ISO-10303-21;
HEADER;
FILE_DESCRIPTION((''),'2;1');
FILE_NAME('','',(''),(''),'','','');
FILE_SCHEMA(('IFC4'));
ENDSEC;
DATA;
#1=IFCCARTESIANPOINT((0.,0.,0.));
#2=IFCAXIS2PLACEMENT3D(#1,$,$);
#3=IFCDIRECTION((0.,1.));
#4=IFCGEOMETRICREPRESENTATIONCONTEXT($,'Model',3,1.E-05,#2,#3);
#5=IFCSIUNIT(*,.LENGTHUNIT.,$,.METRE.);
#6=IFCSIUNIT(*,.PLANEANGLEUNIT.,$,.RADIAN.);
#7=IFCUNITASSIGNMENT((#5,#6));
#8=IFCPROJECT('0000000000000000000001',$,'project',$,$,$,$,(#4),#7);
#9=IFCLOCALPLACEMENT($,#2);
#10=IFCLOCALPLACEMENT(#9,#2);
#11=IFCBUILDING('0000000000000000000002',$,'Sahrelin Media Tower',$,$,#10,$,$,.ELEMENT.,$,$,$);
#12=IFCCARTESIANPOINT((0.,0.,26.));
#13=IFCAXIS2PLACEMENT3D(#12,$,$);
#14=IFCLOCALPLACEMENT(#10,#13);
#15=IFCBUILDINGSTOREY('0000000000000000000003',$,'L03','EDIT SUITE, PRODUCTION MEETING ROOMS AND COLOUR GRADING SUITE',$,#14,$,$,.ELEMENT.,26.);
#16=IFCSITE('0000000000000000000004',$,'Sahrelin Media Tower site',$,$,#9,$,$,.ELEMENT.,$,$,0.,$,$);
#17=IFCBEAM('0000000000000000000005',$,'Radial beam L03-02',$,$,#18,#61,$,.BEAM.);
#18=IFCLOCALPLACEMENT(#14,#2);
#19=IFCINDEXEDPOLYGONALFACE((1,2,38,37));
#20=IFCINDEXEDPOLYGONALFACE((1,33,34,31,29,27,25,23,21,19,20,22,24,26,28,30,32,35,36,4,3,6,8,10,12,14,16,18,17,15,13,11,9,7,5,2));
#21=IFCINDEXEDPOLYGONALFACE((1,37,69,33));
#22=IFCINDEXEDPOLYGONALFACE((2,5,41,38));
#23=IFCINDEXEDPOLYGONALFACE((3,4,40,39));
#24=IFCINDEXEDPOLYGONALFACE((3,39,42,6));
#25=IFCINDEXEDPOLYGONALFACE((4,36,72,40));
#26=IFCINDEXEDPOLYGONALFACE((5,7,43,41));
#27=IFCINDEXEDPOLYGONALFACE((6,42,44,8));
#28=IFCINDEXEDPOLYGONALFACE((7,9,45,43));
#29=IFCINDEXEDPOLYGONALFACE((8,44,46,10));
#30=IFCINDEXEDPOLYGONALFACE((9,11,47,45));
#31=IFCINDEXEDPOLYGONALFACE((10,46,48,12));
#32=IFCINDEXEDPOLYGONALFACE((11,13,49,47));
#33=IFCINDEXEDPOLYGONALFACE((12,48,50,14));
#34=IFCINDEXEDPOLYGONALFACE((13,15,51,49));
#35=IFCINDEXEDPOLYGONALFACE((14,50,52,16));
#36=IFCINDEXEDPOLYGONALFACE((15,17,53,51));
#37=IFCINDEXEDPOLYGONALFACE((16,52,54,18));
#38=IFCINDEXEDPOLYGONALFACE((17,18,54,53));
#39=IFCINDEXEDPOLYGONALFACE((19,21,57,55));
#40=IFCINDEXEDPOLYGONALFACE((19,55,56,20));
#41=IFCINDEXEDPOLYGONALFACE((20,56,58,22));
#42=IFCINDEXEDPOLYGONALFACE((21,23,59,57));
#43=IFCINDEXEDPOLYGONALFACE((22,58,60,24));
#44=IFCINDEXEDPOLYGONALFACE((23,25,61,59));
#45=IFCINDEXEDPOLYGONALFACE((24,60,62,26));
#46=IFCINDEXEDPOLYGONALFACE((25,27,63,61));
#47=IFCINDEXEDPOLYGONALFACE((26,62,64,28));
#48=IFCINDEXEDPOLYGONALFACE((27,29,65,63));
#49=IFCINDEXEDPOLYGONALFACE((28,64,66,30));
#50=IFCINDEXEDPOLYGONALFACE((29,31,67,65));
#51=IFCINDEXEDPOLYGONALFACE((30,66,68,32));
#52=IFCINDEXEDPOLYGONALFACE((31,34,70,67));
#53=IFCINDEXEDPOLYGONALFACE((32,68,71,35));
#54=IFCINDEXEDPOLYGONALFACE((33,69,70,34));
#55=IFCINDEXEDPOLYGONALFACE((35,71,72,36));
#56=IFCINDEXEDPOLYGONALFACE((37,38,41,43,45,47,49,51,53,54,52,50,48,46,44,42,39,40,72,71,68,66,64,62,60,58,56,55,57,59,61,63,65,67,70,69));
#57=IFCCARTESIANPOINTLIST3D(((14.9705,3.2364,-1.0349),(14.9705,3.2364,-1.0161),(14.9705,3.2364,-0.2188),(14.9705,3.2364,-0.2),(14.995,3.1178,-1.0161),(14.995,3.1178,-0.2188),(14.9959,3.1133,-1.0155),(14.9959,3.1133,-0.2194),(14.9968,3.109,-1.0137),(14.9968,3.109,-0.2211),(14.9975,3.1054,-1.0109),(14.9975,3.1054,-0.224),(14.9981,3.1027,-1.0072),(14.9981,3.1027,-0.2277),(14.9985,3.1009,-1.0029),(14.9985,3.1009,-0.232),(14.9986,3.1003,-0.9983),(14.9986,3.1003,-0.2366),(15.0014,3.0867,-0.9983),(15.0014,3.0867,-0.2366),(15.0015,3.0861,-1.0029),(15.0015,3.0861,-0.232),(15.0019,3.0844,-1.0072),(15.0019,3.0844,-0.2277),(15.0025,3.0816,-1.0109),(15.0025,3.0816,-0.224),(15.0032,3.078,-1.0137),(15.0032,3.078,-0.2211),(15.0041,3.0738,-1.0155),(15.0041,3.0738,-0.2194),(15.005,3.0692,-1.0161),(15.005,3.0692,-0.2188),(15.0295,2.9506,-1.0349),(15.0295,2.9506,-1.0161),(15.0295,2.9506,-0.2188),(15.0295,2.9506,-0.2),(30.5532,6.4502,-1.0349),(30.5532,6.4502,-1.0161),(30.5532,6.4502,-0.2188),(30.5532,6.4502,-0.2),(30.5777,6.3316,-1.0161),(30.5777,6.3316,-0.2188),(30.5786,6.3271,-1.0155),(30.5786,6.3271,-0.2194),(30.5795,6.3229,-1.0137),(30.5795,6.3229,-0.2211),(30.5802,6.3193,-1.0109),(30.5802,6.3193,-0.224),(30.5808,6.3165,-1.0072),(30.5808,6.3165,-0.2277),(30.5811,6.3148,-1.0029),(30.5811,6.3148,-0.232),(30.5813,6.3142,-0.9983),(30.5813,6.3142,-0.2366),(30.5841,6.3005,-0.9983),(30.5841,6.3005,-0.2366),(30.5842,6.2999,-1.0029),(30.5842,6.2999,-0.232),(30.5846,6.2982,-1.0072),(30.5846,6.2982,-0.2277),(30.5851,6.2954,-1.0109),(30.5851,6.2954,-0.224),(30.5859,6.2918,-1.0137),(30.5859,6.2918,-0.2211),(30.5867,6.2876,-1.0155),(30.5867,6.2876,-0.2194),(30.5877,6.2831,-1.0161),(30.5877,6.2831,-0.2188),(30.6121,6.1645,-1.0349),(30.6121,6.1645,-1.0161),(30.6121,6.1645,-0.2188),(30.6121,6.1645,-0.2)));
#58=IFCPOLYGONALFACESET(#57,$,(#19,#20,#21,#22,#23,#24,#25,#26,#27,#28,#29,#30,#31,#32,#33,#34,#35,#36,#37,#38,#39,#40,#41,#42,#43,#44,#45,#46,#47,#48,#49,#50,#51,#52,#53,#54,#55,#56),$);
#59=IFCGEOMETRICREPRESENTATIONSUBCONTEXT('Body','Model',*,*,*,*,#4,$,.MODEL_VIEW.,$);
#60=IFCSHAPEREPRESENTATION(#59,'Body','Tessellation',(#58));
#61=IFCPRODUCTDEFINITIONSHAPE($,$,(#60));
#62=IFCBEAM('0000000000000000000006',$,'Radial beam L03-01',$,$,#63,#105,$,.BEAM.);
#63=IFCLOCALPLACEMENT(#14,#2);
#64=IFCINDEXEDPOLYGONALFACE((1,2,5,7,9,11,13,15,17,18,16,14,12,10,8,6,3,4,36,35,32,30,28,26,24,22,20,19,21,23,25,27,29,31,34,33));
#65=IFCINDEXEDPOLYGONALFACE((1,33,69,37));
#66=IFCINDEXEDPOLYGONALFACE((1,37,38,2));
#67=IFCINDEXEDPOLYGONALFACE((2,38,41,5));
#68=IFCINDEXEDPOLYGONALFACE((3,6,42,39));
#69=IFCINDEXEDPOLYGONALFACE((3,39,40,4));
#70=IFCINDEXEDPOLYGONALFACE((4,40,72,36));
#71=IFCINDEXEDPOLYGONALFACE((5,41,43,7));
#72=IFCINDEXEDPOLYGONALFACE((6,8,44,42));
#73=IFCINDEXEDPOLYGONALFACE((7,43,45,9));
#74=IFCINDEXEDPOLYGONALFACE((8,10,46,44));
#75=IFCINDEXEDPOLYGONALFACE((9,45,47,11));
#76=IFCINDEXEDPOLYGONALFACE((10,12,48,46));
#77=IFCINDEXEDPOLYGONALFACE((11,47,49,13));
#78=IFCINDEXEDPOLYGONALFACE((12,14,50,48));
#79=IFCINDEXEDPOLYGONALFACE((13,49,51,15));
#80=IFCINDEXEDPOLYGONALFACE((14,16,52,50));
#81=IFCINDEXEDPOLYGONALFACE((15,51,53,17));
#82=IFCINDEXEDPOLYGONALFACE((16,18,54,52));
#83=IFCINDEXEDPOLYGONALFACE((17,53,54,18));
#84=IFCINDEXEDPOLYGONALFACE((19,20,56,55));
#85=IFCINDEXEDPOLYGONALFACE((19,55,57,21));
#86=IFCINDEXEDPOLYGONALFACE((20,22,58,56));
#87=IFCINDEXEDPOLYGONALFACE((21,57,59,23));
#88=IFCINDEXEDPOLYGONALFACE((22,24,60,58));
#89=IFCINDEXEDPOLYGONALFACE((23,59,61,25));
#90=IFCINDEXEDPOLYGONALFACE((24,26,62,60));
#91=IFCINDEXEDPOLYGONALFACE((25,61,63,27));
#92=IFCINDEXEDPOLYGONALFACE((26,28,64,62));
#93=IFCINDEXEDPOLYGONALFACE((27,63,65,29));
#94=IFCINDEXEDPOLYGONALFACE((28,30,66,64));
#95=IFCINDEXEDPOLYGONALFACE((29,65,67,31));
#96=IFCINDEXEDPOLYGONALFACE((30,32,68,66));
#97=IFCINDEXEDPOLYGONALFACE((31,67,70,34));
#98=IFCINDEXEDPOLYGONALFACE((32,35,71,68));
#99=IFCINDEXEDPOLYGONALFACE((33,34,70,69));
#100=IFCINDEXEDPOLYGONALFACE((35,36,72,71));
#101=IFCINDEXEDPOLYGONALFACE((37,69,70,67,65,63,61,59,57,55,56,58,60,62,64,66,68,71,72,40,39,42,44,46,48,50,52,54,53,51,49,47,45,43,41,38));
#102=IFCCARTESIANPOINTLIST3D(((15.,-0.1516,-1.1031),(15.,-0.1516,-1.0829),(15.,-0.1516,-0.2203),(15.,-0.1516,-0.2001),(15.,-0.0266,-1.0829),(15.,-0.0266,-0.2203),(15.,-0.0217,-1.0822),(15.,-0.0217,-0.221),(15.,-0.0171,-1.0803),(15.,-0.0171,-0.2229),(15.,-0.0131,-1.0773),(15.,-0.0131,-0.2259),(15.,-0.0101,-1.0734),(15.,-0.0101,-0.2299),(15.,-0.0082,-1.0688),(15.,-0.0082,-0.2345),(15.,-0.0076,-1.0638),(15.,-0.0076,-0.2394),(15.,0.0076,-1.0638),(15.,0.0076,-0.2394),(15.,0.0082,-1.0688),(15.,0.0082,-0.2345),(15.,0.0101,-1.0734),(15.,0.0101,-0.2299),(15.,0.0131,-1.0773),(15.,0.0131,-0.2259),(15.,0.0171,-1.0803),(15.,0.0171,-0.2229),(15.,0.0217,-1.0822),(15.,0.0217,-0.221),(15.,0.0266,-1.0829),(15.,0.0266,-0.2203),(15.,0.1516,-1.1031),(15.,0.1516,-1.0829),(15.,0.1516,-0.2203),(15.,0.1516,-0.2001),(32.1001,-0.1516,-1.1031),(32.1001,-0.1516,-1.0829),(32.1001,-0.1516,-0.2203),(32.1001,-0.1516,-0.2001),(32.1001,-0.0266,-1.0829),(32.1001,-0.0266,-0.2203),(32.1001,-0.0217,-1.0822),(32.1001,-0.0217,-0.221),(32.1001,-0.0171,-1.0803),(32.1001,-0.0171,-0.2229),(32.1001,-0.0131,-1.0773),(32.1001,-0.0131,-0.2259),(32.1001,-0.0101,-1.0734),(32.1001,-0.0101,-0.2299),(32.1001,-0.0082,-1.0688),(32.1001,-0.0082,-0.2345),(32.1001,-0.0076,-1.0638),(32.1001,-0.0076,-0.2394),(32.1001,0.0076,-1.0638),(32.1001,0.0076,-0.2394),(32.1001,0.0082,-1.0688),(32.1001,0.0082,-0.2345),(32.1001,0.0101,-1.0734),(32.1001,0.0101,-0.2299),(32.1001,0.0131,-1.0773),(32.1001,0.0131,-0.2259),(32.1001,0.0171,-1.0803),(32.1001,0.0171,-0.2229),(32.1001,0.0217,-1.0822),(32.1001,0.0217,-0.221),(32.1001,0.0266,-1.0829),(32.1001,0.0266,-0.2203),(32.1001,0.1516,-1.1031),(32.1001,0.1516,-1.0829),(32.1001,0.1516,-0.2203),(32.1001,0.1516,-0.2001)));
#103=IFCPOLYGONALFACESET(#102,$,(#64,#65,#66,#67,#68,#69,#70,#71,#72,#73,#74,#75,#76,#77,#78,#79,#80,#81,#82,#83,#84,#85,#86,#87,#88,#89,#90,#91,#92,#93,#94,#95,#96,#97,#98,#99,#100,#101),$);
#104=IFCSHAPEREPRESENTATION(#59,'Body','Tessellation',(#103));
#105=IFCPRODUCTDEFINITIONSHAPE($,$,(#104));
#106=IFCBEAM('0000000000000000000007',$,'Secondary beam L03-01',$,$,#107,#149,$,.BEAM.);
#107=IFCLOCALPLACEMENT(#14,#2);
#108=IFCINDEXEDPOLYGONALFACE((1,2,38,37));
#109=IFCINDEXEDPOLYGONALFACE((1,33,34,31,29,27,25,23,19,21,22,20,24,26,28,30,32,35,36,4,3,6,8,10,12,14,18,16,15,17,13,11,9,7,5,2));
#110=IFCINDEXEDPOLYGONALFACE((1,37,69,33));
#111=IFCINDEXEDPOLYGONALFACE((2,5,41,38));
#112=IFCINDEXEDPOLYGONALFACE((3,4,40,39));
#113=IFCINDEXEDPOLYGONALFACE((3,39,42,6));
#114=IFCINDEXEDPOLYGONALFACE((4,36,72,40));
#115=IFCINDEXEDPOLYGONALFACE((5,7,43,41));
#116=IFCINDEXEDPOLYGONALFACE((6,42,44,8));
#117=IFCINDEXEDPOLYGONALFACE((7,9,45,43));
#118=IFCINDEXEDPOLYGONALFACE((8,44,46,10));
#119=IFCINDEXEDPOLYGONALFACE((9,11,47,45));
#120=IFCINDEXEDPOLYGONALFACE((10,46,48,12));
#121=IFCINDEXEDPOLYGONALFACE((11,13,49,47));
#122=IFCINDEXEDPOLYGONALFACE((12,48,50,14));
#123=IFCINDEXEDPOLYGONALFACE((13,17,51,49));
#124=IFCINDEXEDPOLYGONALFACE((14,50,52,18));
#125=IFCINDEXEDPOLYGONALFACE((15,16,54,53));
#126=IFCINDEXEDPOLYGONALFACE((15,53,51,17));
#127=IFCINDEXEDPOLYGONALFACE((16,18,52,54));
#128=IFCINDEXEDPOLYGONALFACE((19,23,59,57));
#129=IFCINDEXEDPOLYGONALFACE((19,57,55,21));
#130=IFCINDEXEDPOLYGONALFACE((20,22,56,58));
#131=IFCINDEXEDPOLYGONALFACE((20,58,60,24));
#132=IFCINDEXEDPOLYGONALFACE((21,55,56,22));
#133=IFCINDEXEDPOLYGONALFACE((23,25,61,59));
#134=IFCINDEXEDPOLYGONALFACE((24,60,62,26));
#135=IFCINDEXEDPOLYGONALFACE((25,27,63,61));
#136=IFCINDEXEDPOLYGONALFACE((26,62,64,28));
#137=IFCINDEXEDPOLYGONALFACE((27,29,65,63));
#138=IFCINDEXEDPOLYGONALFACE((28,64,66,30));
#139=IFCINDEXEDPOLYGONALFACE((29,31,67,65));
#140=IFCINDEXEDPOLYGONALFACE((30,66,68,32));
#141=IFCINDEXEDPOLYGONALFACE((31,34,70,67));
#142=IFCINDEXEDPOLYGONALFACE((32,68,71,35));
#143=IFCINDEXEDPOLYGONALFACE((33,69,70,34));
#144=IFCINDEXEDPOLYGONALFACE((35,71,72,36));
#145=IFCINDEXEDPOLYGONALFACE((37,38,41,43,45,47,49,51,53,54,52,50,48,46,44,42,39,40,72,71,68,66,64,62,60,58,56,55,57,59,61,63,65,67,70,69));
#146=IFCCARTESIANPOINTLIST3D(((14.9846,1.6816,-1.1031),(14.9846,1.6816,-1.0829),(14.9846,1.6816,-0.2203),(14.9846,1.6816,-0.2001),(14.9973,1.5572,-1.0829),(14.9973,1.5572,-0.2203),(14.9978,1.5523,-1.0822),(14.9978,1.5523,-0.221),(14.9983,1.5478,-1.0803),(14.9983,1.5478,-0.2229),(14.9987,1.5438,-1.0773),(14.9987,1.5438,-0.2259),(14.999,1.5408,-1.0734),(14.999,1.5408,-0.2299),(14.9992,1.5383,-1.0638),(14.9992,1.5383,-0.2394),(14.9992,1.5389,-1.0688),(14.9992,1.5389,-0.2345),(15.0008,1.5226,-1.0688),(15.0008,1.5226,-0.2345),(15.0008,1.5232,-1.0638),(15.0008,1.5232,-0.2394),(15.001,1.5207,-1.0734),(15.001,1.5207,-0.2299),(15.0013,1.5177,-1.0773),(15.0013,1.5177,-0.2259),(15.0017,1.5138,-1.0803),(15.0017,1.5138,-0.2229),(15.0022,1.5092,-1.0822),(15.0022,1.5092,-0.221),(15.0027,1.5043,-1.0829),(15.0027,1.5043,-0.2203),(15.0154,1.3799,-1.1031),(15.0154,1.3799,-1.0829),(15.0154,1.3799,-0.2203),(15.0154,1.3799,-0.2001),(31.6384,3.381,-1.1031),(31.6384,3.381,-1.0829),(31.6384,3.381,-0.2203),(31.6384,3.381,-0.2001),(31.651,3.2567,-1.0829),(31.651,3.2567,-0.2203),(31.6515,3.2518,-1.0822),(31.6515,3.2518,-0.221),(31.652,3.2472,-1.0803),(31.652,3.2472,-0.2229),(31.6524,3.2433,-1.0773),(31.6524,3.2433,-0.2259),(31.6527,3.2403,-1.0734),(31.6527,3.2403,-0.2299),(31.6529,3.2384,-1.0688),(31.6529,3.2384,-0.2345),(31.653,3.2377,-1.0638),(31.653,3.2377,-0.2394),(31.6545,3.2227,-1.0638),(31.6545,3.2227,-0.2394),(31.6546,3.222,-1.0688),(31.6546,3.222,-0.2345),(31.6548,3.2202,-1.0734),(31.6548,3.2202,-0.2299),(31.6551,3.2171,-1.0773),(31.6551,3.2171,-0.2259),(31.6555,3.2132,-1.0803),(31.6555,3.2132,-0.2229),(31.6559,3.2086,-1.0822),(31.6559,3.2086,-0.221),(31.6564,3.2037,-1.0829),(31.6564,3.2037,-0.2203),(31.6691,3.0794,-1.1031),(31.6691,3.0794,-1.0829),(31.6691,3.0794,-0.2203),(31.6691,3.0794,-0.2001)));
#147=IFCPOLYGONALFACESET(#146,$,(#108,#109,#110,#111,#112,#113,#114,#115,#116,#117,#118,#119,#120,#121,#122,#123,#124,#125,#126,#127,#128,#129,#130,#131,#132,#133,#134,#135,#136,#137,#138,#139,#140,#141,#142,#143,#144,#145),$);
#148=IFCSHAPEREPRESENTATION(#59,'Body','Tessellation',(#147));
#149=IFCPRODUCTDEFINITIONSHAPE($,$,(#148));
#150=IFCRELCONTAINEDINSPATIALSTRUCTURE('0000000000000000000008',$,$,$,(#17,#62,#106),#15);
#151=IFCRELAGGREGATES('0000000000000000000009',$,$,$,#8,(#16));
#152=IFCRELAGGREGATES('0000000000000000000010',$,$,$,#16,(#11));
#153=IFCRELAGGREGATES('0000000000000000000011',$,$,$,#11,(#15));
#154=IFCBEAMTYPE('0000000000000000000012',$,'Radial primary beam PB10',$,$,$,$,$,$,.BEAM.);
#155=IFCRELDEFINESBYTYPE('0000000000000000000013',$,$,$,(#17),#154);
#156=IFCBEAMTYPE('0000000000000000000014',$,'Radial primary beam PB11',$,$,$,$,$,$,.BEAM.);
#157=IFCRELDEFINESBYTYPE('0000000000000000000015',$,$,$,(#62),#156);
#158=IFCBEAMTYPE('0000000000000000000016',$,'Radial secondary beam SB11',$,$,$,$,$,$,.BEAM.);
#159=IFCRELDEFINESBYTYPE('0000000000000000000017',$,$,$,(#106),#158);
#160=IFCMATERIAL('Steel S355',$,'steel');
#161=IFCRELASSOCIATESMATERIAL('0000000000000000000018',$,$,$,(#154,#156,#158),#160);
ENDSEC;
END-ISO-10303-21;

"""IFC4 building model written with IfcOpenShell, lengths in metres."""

from ifc_helpers import new_model, si_unit, direction, frame, origin, origin_2d, place, context, subcontext, project, spatial, i_section, extrude, material, material_profile, profile_set, type_object, element, save


model = new_model("IFC4")

# Units and contexts
model_context = context("Model", 3, precision=1e-05, world=origin(), true_north=direction((0.0, 1.0)))
body_context = subcontext(model_context, "Body", "Model", "MODEL_VIEW")
ifc_project = project(units=[si_unit("LENGTHUNIT", "METRE"), si_unit("PLANEANGLEUNIT", "RADIAN")], contexts=[model_context])

# Site, building, storey
site_placement = place(None, origin())
site = spatial("IfcSite", under=ifc_project, at=site_placement, Name="Sahrelin Media Tower site", CompositionType="ELEMENT", RefElevation=0.0)
building_placement = place(site_placement, origin())
building = spatial("IfcBuilding", under=site, at=building_placement, Name="Sahrelin Media Tower", CompositionType="ELEMENT")
storey_placement = place(building_placement, frame((0.0, 0.0, 26.0)))
storey = spatial("IfcBuildingStorey", under=building, at=storey_placement, Name="L03", Description="EDIT SUITE, PRODUCTION MEETING ROOMS AND COLOUR GRADING SUITE", CompositionType="ELEMENT", Elevation=26.0)

# Beams
ifc_material_1 = material(Name="Steel S355", Category="steel")
ifc_material_profile_1 = material_profile(ifc_material_1, i_section(OverallWidth=0.2917, OverallDepth=0.835, WebThickness=0.0139, FlangeThickness=0.0188, FilletRadius=0.0178, at=origin_2d()), Name="UB 838x292x176")
ifc_profile_set_1 = profile_set([ifc_material_profile_1], Name="Steel S355")
beam_type_1 = type_object("IfcBeamType", Name="Radial primary beam PB10", PredefinedType="BEAM", material=ifc_profile_set_1)
beam_1_placement = place(storey_placement, frame((15.0, 3.0935, -0.6174), z_axis=(0.979387, 0.201994, 0.0), x_axis=(-0.201994, 0.979387, 0.0)))
element("IfcBeam", 1, at=beam_1_placement, inside=storey, type_object=beam_type_1, Name="Radial beam L03-02", PredefinedType="BEAM", context=body_context, shape_type="SweptSolid", body=[
    extrude(i_section(OverallWidth=0.2917, OverallDepth=0.835, WebThickness=0.0139, FlangeThickness=0.0188, FilletRadius=0.0178, at=origin_2d()), origin(), (0.0, 0.0, 1.0), 15.9106),
])
ifc_material_profile_2 = material_profile(ifc_material_1, i_section(OverallWidth=0.3032, OverallDepth=0.9031, WebThickness=0.0151, FlangeThickness=0.0203, FilletRadius=0.019, at=origin_2d()), Name="UB 914x305x201")
ifc_profile_set_2 = profile_set([ifc_material_profile_2], Name="Steel S355")
beam_type_2 = type_object("IfcBeamType", Name="Radial primary beam PB11", PredefinedType="BEAM", material=ifc_profile_set_2)
beam_2_placement = place(storey_placement, frame((15.0, 0.0, -0.6516), z_axis=(1.0, 0.0, 0.0), x_axis=(0.0, 1.0, 0.0)))
element("IfcBeam", 2, at=beam_2_placement, inside=storey, type_object=beam_type_2, Name="Radial beam L03-01", PredefinedType="BEAM", context=body_context, shape_type="SweptSolid", body=[
    extrude(i_section(OverallWidth=0.3032, OverallDepth=0.9031, WebThickness=0.0151, FlangeThickness=0.0203, FilletRadius=0.019, at=origin_2d()), origin(), (0.0, 0.0, 1.0), 17.1001),
])
ifc_material_profile_3 = material_profile(ifc_material_1, i_section(OverallWidth=0.3032, OverallDepth=0.9031, WebThickness=0.0151, FlangeThickness=0.0203, FilletRadius=0.019, at=origin_2d()), Name="UB 914x305x201")
ifc_profile_set_3 = profile_set([ifc_material_profile_3], Name="Steel S355")
beam_type_3 = type_object("IfcBeamType", Name="Radial secondary beam SB11", PredefinedType="BEAM", material=ifc_profile_set_3)
beam_3_placement = place(storey_placement, frame((15.0, 1.5308, -0.6516), z_axis=(0.994834, 0.101519, 0.0), x_axis=(-0.101519, 0.994834, 0.0)))
element("IfcBeam", 3, at=beam_3_placement, inside=storey, type_object=beam_type_3, Name="Secondary beam L03-01", PredefinedType="BEAM", context=body_context, shape_type="SweptSolid", body=[
    extrude(i_section(OverallWidth=0.3032, OverallDepth=0.9031, WebThickness=0.0151, FlangeThickness=0.0203, FilletRadius=0.019, at=origin_2d()), origin(), (0.0, 0.0, 1.0), 16.7402),
])

save(model, "model.ifc")
